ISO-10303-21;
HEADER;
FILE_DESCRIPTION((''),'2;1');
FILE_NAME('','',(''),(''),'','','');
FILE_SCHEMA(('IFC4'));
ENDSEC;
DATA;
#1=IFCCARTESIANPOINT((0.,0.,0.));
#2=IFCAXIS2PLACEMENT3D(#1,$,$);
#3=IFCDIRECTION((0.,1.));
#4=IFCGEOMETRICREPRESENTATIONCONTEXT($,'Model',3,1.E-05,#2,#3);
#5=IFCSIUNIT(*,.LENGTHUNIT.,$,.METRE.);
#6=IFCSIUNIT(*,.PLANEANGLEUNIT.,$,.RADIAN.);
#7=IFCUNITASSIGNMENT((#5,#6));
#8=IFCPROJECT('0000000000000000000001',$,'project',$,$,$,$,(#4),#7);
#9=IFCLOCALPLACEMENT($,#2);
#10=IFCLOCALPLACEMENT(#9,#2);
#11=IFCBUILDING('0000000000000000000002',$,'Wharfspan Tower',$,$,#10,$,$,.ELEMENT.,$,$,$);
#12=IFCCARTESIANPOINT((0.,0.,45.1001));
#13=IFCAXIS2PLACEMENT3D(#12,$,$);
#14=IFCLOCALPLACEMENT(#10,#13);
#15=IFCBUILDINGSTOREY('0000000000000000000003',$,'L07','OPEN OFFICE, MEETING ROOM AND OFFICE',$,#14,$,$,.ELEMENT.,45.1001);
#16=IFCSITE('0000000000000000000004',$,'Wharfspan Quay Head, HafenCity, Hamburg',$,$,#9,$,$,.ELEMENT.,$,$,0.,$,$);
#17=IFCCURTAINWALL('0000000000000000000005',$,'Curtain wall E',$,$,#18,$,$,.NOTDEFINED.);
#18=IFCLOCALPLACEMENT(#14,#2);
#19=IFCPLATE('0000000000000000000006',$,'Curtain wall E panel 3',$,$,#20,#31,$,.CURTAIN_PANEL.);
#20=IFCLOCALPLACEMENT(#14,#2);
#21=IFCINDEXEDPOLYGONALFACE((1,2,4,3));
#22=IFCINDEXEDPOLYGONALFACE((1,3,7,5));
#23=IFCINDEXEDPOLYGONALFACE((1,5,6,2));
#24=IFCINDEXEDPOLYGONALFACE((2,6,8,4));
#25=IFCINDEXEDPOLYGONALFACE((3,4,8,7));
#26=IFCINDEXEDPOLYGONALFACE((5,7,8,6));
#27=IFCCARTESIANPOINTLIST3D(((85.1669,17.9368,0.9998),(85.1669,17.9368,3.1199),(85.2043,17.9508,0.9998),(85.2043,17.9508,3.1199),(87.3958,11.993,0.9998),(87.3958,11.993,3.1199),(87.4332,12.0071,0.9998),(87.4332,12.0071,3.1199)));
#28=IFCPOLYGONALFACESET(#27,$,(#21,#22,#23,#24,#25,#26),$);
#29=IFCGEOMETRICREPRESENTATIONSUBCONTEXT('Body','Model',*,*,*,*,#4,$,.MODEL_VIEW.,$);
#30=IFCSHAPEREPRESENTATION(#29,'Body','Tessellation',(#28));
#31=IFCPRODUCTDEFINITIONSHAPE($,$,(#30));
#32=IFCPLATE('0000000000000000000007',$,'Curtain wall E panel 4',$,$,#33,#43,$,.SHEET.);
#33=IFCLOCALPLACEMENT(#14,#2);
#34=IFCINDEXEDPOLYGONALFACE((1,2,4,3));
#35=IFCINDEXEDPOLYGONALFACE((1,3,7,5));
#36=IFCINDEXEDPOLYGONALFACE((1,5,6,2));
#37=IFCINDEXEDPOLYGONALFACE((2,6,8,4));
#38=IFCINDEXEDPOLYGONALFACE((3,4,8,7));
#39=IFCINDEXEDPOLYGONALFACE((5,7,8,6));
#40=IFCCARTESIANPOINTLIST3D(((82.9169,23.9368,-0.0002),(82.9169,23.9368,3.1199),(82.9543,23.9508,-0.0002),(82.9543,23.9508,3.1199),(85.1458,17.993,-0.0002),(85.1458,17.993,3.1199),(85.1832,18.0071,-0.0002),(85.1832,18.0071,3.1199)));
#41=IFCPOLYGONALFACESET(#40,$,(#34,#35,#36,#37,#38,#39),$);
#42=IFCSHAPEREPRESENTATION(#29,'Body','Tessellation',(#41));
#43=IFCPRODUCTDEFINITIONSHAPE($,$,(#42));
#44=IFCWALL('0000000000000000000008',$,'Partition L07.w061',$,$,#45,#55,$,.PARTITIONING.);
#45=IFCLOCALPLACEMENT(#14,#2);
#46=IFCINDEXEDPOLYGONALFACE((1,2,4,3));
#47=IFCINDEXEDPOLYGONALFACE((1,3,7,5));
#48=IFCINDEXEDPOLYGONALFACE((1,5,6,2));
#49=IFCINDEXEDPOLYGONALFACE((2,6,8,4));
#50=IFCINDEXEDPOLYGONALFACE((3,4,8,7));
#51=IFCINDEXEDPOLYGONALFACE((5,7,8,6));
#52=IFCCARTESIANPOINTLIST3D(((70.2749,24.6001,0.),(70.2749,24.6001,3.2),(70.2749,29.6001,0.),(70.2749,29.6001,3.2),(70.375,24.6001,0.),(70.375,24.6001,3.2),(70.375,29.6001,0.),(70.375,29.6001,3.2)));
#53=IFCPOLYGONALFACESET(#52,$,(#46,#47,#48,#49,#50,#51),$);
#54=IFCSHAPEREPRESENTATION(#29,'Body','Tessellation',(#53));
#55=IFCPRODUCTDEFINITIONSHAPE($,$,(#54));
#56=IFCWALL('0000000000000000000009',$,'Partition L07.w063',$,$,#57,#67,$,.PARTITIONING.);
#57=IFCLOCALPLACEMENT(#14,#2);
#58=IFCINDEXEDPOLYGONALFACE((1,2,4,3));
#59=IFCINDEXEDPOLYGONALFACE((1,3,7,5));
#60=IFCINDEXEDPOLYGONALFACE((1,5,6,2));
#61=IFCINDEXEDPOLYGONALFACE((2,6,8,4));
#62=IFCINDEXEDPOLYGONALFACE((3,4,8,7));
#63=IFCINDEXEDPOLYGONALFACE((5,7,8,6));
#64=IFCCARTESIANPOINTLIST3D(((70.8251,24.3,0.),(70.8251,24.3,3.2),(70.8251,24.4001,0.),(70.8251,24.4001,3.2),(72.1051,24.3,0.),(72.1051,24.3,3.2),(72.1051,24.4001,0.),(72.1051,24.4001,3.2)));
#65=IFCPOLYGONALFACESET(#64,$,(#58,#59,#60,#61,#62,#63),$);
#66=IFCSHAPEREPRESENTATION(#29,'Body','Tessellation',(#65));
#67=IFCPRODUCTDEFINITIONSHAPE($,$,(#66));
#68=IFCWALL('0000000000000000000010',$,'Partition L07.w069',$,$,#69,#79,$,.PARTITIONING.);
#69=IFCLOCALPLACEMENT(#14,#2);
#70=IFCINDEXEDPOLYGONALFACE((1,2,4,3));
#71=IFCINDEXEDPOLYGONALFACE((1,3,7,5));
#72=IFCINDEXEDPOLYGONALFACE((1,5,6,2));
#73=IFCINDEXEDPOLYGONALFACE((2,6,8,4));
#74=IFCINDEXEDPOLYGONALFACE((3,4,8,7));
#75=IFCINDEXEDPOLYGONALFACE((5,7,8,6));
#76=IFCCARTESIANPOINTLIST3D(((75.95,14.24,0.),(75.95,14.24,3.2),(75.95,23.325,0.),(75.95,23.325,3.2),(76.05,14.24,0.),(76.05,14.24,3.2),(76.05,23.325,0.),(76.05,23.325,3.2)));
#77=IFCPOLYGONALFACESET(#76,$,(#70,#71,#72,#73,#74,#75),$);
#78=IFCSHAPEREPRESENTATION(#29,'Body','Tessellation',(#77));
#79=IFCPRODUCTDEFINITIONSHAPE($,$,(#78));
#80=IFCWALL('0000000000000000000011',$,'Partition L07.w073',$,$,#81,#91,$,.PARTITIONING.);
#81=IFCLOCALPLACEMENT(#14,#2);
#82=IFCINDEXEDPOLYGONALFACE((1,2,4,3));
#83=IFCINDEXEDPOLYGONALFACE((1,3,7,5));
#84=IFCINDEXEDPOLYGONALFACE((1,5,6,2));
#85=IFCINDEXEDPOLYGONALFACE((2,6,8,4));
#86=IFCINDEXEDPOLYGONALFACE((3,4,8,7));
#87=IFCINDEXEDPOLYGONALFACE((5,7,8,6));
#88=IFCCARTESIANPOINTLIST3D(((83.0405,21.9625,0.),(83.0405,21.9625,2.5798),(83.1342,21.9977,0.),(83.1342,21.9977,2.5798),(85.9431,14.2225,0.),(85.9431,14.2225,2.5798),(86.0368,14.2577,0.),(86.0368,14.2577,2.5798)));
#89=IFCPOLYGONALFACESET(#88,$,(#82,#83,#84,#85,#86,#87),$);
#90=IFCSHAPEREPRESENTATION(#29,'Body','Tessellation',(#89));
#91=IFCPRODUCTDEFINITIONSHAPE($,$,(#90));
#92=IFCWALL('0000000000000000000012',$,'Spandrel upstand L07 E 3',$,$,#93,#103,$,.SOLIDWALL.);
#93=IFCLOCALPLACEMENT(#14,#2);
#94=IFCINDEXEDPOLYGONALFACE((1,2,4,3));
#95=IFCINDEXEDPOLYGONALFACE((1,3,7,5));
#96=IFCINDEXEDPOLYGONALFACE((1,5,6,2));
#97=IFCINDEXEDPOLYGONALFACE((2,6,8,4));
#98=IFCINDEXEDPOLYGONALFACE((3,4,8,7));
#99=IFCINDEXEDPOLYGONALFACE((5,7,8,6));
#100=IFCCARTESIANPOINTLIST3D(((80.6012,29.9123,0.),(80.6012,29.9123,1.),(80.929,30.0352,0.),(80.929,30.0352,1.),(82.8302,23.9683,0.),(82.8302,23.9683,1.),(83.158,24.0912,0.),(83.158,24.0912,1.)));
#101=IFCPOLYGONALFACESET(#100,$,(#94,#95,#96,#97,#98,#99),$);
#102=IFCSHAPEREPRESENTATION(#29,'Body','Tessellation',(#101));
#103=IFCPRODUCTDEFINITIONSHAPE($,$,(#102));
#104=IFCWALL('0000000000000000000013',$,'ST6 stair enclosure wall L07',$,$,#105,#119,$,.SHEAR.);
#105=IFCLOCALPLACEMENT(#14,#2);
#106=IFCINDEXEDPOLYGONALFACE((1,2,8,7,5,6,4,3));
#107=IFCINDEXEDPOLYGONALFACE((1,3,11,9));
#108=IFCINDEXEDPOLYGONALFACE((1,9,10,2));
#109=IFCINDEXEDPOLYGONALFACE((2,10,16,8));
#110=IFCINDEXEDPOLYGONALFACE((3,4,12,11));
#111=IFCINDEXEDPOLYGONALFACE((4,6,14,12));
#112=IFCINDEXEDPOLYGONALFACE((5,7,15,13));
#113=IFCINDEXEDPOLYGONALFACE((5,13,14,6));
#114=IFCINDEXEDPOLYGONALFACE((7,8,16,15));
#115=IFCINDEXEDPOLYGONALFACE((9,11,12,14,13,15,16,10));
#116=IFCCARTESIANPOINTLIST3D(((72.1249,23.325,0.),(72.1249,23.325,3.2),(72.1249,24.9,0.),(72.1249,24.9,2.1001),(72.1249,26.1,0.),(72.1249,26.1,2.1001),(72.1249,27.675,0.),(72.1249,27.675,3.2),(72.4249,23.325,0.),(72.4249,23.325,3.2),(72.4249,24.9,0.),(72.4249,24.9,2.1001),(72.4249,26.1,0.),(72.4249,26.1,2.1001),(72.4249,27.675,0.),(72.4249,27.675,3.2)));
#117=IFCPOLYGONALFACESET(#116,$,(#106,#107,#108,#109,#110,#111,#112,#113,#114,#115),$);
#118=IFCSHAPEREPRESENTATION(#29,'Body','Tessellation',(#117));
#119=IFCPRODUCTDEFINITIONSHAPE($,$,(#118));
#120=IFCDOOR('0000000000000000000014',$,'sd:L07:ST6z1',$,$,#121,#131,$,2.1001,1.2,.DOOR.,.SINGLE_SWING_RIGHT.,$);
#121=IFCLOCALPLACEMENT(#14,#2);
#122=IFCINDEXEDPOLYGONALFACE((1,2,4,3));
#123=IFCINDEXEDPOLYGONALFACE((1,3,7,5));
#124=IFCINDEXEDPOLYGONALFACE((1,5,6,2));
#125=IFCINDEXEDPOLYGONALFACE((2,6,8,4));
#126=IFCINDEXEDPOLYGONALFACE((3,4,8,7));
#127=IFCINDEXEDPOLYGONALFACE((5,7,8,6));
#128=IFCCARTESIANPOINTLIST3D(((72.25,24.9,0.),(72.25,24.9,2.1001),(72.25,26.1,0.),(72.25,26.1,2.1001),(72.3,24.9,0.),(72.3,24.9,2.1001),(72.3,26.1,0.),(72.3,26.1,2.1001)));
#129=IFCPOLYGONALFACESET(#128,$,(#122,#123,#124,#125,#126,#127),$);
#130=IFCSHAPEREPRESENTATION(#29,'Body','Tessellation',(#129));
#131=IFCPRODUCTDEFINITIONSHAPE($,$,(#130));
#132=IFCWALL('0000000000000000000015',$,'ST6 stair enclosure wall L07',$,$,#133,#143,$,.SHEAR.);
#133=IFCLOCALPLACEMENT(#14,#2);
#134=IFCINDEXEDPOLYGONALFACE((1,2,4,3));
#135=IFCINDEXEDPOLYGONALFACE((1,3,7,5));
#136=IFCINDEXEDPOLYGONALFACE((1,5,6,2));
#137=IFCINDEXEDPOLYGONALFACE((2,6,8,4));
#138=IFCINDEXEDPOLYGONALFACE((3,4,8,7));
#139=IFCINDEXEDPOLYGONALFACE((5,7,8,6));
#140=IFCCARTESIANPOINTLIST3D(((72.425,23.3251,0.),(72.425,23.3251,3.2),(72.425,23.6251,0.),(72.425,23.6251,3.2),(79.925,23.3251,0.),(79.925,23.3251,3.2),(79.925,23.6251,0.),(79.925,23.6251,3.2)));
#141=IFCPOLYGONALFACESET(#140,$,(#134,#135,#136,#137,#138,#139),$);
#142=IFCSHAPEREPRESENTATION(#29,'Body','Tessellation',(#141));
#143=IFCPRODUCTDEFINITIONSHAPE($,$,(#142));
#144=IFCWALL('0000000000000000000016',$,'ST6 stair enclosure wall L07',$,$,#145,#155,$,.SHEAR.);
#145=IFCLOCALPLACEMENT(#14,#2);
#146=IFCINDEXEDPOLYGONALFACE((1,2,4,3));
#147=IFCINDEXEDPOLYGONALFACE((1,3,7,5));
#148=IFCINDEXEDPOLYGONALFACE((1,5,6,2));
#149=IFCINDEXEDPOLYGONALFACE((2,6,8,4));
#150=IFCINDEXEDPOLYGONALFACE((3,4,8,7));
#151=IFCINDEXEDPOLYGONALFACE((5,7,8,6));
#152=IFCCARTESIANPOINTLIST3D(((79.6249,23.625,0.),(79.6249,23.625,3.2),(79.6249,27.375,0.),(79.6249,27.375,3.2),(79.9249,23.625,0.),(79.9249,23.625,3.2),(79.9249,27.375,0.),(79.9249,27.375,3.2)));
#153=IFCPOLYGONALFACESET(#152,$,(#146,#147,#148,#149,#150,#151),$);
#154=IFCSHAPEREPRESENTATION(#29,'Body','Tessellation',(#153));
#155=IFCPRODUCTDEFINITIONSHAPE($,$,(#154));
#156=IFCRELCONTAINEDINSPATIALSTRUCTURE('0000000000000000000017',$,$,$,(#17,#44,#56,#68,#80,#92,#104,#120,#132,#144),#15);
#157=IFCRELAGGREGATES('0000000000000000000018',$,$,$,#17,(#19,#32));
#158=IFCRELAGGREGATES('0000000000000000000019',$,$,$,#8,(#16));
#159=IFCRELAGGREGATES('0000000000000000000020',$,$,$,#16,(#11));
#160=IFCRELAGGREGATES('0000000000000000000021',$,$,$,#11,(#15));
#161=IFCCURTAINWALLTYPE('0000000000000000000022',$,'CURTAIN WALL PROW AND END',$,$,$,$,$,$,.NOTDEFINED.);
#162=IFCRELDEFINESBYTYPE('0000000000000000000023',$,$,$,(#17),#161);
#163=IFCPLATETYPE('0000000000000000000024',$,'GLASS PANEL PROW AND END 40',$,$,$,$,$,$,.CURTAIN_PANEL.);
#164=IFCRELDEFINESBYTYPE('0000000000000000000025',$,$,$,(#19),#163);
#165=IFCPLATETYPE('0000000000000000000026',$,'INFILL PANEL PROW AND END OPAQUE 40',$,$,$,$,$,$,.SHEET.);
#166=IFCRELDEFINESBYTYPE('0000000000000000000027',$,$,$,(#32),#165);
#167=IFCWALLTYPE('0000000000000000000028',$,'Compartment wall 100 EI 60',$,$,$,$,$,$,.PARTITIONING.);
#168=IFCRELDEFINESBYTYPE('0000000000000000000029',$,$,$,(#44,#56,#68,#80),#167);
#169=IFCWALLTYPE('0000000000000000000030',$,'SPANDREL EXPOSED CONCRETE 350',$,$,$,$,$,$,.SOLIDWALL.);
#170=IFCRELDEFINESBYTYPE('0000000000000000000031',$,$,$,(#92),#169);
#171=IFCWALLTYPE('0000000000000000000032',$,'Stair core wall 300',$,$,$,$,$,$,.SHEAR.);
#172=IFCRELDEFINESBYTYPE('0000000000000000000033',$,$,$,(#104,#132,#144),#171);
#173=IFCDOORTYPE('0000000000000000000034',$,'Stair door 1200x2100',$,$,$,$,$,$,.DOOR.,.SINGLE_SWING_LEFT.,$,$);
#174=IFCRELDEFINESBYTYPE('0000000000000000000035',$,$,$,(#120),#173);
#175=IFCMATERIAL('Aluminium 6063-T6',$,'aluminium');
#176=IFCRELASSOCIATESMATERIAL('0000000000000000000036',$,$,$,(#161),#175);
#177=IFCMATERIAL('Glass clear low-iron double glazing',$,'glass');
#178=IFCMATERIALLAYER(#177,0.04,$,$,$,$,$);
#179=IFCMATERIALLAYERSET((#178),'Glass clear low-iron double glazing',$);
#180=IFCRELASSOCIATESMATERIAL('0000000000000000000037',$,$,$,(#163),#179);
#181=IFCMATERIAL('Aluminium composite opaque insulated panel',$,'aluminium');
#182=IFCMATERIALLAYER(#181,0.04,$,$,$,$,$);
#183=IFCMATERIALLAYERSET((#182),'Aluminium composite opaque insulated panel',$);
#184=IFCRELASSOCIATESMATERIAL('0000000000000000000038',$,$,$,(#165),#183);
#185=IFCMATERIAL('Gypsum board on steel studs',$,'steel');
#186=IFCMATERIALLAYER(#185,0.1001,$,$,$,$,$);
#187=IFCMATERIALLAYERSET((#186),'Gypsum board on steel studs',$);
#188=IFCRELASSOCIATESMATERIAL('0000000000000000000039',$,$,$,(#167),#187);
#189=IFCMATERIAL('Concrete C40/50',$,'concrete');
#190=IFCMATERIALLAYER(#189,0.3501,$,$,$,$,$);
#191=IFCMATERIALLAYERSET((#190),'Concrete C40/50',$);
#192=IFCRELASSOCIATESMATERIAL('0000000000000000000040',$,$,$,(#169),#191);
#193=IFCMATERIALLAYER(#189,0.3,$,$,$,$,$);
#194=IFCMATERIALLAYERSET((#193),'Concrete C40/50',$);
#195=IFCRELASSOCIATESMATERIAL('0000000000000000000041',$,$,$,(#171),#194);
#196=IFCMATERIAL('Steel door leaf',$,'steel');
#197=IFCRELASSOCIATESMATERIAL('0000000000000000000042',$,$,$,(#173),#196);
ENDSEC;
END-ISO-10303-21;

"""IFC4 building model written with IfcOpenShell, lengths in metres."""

from ifc_helpers import new_model, si_unit, direction, frame, frame_2d, origin, origin_2d, place, context, subcontext, project, spatial, rectangle, extrude, material, layer, layer_set, type_object, element, fill, aggregate, save


model = new_model("IFC4")

# Units and contexts
model_context = context("Model", 3, precision=1e-05, world=origin(), true_north=direction((0.0, 1.0)))
body_context = subcontext(model_context, "Body", "Model", "MODEL_VIEW")
ifc_project = project(units=[si_unit("LENGTHUNIT", "METRE"), si_unit("PLANEANGLEUNIT", "RADIAN")], contexts=[model_context])

# Site, building, storey
site_placement = place(None, origin())
site = spatial("IfcSite", under=ifc_project, at=site_placement, Name="Wharfspan Quay Head, HafenCity, Hamburg", CompositionType="ELEMENT", RefElevation=0.0)
building_placement = place(site_placement, origin())
building = spatial("IfcBuilding", under=site, at=building_placement, Name="Wharfspan Tower", CompositionType="ELEMENT")
storey_placement = place(building_placement, frame((0.0, 0.0, 45.1001)))
storey = spatial("IfcBuildingStorey", under=building, at=storey_placement, Name="L07", Description="OPEN OFFICE, MEETING ROOM AND OFFICE", CompositionType="ELEMENT", Elevation=45.1001)

# Curtain wall
ifc_material_1 = material(Name="Aluminium 6063-T6", Category="aluminium")
curtain_wall_type = type_object("IfcCurtainWallType", Name="CURTAIN WALL PROW AND END", PredefinedType="NOTDEFINED", material=ifc_material_1)
curtain_wall_placement = place(storey_placement, origin())
curtain_wall = element("IfcCurtainWall", 1, at=curtain_wall_placement, inside=storey, type_object=curtain_wall_type, Name="Curtain wall E", PredefinedType="NOTDEFINED")

# Plates
ifc_material_2 = material(Name="Glass clear low-iron double glazing", Category="glass")
ifc_layer_1 = layer(ifc_material_2, 0.04)
ifc_layer_set_1 = layer_set([ifc_layer_1], Name="Glass clear low-iron double glazing")
plate_type_1 = type_object("IfcPlateType", Name="GLASS PANEL PROW AND END 40", PredefinedType="CURTAIN_PANEL", material=ifc_layer_set_1)
plate_1_placement = place(storey_placement, frame((86.3, 14.9719, 0.9998), z_axis=(0.0, 0.0, 1.0), x_axis=(-0.351123, 0.936328, 0.0)))
plate_1 = element("IfcPlate", 2, at=plate_1_placement, type_object=plate_type_1, Name="Curtain wall E panel 3", PredefinedType="CURTAIN_PANEL", context=body_context, shape_type="SweptSolid", body=[
    extrude(rectangle(XDim=6.3479, YDim=0.04, at=origin_2d()), origin(), (0.0, 0.0, 1.0), 2.1201),
])
ifc_material_3 = material(Name="Aluminium composite opaque insulated panel", Category="aluminium")
ifc_layer_2 = layer(ifc_material_3, 0.04)
ifc_layer_set_2 = layer_set([ifc_layer_2], Name="Aluminium composite opaque insulated panel")
plate_type_2 = type_object("IfcPlateType", Name="INFILL PANEL PROW AND END OPAQUE 40", PredefinedType="SHEET", material=ifc_layer_set_2)
plate_2_placement = place(storey_placement, frame((84.05, 20.9719, -0.0002), z_axis=(0.0, 0.0, 1.0), x_axis=(-0.351123, 0.936328, 0.0)))
plate_2 = element("IfcPlate", 3, at=plate_2_placement, type_object=plate_type_2, Name="Curtain wall E panel 4", PredefinedType="SHEET", context=body_context, shape_type="SweptSolid", body=[
    extrude(rectangle(XDim=6.3479, YDim=0.04, at=origin_2d()), origin(), (0.0, 0.0, 1.0), 3.1201),
])
aggregate(curtain_wall, [plate_1, plate_2])

# Walls
ifc_material_4 = material(Name="Gypsum board on steel studs", Category="steel")
ifc_layer_3 = layer(ifc_material_4, 0.1001)
ifc_layer_set_3 = layer_set([ifc_layer_3], Name="Gypsum board on steel studs")
wall_type_1 = type_object("IfcWallType", Name="Compartment wall 100 EI 60", PredefinedType="PARTITIONING", material=ifc_layer_set_3)
wall_1_placement = place(storey_placement, frame((70.325, 24.6001, 0.0), z_axis=(0.0, 0.0, 1.0), x_axis=(0.0, 1.0, 0.0)))
element("IfcWall", 4, at=wall_1_placement, inside=storey, type_object=wall_type_1, Name="Partition L07.w061", PredefinedType="PARTITIONING", context=body_context, shape_type="SweptSolid", body=[
    extrude(rectangle(XDim=5.0, YDim=0.1001, at=frame_2d((2.5, 0.0))), origin(), (0.0, 0.0, 1.0), 3.2),
])
wall_2_placement = place(storey_placement, frame((70.825, 24.3501, 0.0), z_axis=(0.0, 0.0, 1.0), x_axis=(1.0, 0.0, 0.0)))
element("IfcWall", 5, at=wall_2_placement, inside=storey, type_object=wall_type_1, Name="Partition L07.w063", PredefinedType="PARTITIONING", context=body_context, shape_type="SweptSolid", body=[
    extrude(rectangle(XDim=1.28, YDim=0.1001, at=frame_2d((0.6401, 0.0))), origin(), (0.0, 0.0, 1.0), 3.2),
])
wall_3_placement = place(storey_placement, frame((76.0, 14.24, 0.0), z_axis=(0.0, 0.0, 1.0), x_axis=(0.0, 1.0, 0.0)))
element("IfcWall", 6, at=wall_3_placement, inside=storey, type_object=wall_type_1, Name="Partition L07.w069", PredefinedType="PARTITIONING", context=body_context, shape_type="SweptSolid", body=[
    extrude(rectangle(XDim=9.085, YDim=0.1001, at=frame_2d((4.5425, 0.0))), origin(), (0.0, 0.0, 1.0), 3.2),
])
wall_4_placement = place(storey_placement, frame((85.99, 14.24, 0.0), z_axis=(0.0, 0.0, 1.0), x_axis=(-0.351133, 0.936325, 0.0)))
element("IfcWall", 7, at=wall_4_placement, inside=storey, type_object=wall_type_1, Name="Partition L07.w073", PredefinedType="PARTITIONING", context=body_context, shape_type="SweptSolid", body=[
    extrude(rectangle(XDim=8.2664, YDim=0.1001, at=frame_2d((4.1333, 0.0))), origin(), (0.0, 0.0, 1.0), 2.5798),
])
ifc_material_5 = material(Name="Concrete C40/50", Category="concrete")
ifc_layer_4 = layer(ifc_material_5, 0.3501)
ifc_layer_set_4 = layer_set([ifc_layer_4], Name="Concrete C40/50")
wall_type_2 = type_object("IfcWallType", Name="SPANDREL EXPOSED CONCRETE 350", PredefinedType="SOLIDWALL", material=ifc_layer_set_4)
wall_5_placement = place(storey_placement, frame((82.9941, 24.0298, 0.0), z_axis=(0.0, 0.0, 1.0), x_axis=(-0.351133, 0.936329, 0.0)))
element("IfcWall", 8, at=wall_5_placement, inside=storey, type_object=wall_type_2, Name="Spandrel upstand L07 E 3", PredefinedType="SOLIDWALL", context=body_context, shape_type="SweptSolid", body=[
    extrude(rectangle(XDim=6.3481, YDim=0.3501, at=frame_2d((3.1741, 0.0))), origin(), (0.0, 0.0, 1.0), 1.0),
])

# Wall, opening, door
ifc_layer_5 = layer(ifc_material_5, 0.3)
ifc_layer_set_5 = layer_set([ifc_layer_5], Name="Concrete C40/50")
wall_type_3 = type_object("IfcWallType", Name="Stair core wall 300", PredefinedType="SHEAR", material=ifc_layer_set_5)
wall_6_placement = place(storey_placement, frame((72.2749, 23.325, 0.0), z_axis=(0.0, 0.0, 1.0), x_axis=(0.0, 1.0, 0.0)))
wall_6 = element("IfcWall", 9, at=wall_6_placement, inside=storey, type_object=wall_type_3, Name="ST6 stair enclosure wall L07", PredefinedType="SHEAR", context=body_context, shape_type="SweptSolid", body=[
    extrude(rectangle(XDim=4.3501, YDim=0.3, at=frame_2d((2.175, 0.0))), origin(), (0.0, 0.0, 1.0), 3.2),
])
opening_placement = place(wall_6_placement, frame((1.575, 0.0, 0.0)))
opening = element("IfcOpeningElement", 10, at=opening_placement, cuts=wall_6, PredefinedType="OPENING", context=body_context, shape_type="SweptSolid", body=[
    extrude(rectangle(XDim=1.2, YDim=2.1001, at=frame_2d((0.6001, 1.05))), frame((0.0, 0.1599, 0.0), z_axis=(0.0, -1.0, 0.0), x_axis=(1.0, 0.0, 0.0)), (0.0, 0.0, 1.0), 0.3201),
])
ifc_material_6 = material(Name="Steel door leaf", Category="steel")
door_type = type_object("IfcDoorType", Name="Stair door 1200x2100", OperationType="SINGLE_SWING_LEFT", PredefinedType="DOOR", material=ifc_material_6)
door_placement = place(opening_placement, origin())
door = element("IfcDoor", 11, at=door_placement, inside=storey, type_object=door_type, Name="sd:L07:ST6z1", OperationType="SINGLE_SWING_RIGHT", OverallHeight=2.1001, OverallWidth=1.2, PredefinedType="DOOR", context=body_context, shape_type="SweptSolid", body=[
    extrude(rectangle(XDim=1.2, YDim=2.1001, at=frame_2d((0.6001, 1.05))), frame((0.0, 0.0249, 0.0), z_axis=(0.0, -1.0, 0.0), x_axis=(1.0, 0.0, 0.0)), (0.0, 0.0, 1.0), 0.05),
])
fill(opening, door)

# Walls
wall_7_placement = place(storey_placement, frame((72.425, 23.4751, 0.0), z_axis=(0.0, 0.0, 1.0), x_axis=(1.0, 0.0, 0.0)))
element("IfcWall", 12, at=wall_7_placement, inside=storey, type_object=wall_type_3, Name="ST6 stair enclosure wall L07", PredefinedType="SHEAR", context=body_context, shape_type="SweptSolid", body=[
    extrude(rectangle(XDim=7.5, YDim=0.3, at=frame_2d((3.75, 0.0))), origin(), (0.0, 0.0, 1.0), 3.2),
])
wall_8_placement = place(storey_placement, frame((79.7749, 23.625, 0.0), z_axis=(0.0, 0.0, 1.0), x_axis=(0.0, 1.0, 0.0)))
element("IfcWall", 13, at=wall_8_placement, inside=storey, type_object=wall_type_3, Name="ST6 stair enclosure wall L07", PredefinedType="SHEAR", context=body_context, shape_type="SweptSolid", body=[
    extrude(rectangle(XDim=3.75, YDim=0.3, at=frame_2d((1.875, 0.0))), origin(), (0.0, 0.0, 1.0), 3.2),
])

save(model, "model.ifc")
